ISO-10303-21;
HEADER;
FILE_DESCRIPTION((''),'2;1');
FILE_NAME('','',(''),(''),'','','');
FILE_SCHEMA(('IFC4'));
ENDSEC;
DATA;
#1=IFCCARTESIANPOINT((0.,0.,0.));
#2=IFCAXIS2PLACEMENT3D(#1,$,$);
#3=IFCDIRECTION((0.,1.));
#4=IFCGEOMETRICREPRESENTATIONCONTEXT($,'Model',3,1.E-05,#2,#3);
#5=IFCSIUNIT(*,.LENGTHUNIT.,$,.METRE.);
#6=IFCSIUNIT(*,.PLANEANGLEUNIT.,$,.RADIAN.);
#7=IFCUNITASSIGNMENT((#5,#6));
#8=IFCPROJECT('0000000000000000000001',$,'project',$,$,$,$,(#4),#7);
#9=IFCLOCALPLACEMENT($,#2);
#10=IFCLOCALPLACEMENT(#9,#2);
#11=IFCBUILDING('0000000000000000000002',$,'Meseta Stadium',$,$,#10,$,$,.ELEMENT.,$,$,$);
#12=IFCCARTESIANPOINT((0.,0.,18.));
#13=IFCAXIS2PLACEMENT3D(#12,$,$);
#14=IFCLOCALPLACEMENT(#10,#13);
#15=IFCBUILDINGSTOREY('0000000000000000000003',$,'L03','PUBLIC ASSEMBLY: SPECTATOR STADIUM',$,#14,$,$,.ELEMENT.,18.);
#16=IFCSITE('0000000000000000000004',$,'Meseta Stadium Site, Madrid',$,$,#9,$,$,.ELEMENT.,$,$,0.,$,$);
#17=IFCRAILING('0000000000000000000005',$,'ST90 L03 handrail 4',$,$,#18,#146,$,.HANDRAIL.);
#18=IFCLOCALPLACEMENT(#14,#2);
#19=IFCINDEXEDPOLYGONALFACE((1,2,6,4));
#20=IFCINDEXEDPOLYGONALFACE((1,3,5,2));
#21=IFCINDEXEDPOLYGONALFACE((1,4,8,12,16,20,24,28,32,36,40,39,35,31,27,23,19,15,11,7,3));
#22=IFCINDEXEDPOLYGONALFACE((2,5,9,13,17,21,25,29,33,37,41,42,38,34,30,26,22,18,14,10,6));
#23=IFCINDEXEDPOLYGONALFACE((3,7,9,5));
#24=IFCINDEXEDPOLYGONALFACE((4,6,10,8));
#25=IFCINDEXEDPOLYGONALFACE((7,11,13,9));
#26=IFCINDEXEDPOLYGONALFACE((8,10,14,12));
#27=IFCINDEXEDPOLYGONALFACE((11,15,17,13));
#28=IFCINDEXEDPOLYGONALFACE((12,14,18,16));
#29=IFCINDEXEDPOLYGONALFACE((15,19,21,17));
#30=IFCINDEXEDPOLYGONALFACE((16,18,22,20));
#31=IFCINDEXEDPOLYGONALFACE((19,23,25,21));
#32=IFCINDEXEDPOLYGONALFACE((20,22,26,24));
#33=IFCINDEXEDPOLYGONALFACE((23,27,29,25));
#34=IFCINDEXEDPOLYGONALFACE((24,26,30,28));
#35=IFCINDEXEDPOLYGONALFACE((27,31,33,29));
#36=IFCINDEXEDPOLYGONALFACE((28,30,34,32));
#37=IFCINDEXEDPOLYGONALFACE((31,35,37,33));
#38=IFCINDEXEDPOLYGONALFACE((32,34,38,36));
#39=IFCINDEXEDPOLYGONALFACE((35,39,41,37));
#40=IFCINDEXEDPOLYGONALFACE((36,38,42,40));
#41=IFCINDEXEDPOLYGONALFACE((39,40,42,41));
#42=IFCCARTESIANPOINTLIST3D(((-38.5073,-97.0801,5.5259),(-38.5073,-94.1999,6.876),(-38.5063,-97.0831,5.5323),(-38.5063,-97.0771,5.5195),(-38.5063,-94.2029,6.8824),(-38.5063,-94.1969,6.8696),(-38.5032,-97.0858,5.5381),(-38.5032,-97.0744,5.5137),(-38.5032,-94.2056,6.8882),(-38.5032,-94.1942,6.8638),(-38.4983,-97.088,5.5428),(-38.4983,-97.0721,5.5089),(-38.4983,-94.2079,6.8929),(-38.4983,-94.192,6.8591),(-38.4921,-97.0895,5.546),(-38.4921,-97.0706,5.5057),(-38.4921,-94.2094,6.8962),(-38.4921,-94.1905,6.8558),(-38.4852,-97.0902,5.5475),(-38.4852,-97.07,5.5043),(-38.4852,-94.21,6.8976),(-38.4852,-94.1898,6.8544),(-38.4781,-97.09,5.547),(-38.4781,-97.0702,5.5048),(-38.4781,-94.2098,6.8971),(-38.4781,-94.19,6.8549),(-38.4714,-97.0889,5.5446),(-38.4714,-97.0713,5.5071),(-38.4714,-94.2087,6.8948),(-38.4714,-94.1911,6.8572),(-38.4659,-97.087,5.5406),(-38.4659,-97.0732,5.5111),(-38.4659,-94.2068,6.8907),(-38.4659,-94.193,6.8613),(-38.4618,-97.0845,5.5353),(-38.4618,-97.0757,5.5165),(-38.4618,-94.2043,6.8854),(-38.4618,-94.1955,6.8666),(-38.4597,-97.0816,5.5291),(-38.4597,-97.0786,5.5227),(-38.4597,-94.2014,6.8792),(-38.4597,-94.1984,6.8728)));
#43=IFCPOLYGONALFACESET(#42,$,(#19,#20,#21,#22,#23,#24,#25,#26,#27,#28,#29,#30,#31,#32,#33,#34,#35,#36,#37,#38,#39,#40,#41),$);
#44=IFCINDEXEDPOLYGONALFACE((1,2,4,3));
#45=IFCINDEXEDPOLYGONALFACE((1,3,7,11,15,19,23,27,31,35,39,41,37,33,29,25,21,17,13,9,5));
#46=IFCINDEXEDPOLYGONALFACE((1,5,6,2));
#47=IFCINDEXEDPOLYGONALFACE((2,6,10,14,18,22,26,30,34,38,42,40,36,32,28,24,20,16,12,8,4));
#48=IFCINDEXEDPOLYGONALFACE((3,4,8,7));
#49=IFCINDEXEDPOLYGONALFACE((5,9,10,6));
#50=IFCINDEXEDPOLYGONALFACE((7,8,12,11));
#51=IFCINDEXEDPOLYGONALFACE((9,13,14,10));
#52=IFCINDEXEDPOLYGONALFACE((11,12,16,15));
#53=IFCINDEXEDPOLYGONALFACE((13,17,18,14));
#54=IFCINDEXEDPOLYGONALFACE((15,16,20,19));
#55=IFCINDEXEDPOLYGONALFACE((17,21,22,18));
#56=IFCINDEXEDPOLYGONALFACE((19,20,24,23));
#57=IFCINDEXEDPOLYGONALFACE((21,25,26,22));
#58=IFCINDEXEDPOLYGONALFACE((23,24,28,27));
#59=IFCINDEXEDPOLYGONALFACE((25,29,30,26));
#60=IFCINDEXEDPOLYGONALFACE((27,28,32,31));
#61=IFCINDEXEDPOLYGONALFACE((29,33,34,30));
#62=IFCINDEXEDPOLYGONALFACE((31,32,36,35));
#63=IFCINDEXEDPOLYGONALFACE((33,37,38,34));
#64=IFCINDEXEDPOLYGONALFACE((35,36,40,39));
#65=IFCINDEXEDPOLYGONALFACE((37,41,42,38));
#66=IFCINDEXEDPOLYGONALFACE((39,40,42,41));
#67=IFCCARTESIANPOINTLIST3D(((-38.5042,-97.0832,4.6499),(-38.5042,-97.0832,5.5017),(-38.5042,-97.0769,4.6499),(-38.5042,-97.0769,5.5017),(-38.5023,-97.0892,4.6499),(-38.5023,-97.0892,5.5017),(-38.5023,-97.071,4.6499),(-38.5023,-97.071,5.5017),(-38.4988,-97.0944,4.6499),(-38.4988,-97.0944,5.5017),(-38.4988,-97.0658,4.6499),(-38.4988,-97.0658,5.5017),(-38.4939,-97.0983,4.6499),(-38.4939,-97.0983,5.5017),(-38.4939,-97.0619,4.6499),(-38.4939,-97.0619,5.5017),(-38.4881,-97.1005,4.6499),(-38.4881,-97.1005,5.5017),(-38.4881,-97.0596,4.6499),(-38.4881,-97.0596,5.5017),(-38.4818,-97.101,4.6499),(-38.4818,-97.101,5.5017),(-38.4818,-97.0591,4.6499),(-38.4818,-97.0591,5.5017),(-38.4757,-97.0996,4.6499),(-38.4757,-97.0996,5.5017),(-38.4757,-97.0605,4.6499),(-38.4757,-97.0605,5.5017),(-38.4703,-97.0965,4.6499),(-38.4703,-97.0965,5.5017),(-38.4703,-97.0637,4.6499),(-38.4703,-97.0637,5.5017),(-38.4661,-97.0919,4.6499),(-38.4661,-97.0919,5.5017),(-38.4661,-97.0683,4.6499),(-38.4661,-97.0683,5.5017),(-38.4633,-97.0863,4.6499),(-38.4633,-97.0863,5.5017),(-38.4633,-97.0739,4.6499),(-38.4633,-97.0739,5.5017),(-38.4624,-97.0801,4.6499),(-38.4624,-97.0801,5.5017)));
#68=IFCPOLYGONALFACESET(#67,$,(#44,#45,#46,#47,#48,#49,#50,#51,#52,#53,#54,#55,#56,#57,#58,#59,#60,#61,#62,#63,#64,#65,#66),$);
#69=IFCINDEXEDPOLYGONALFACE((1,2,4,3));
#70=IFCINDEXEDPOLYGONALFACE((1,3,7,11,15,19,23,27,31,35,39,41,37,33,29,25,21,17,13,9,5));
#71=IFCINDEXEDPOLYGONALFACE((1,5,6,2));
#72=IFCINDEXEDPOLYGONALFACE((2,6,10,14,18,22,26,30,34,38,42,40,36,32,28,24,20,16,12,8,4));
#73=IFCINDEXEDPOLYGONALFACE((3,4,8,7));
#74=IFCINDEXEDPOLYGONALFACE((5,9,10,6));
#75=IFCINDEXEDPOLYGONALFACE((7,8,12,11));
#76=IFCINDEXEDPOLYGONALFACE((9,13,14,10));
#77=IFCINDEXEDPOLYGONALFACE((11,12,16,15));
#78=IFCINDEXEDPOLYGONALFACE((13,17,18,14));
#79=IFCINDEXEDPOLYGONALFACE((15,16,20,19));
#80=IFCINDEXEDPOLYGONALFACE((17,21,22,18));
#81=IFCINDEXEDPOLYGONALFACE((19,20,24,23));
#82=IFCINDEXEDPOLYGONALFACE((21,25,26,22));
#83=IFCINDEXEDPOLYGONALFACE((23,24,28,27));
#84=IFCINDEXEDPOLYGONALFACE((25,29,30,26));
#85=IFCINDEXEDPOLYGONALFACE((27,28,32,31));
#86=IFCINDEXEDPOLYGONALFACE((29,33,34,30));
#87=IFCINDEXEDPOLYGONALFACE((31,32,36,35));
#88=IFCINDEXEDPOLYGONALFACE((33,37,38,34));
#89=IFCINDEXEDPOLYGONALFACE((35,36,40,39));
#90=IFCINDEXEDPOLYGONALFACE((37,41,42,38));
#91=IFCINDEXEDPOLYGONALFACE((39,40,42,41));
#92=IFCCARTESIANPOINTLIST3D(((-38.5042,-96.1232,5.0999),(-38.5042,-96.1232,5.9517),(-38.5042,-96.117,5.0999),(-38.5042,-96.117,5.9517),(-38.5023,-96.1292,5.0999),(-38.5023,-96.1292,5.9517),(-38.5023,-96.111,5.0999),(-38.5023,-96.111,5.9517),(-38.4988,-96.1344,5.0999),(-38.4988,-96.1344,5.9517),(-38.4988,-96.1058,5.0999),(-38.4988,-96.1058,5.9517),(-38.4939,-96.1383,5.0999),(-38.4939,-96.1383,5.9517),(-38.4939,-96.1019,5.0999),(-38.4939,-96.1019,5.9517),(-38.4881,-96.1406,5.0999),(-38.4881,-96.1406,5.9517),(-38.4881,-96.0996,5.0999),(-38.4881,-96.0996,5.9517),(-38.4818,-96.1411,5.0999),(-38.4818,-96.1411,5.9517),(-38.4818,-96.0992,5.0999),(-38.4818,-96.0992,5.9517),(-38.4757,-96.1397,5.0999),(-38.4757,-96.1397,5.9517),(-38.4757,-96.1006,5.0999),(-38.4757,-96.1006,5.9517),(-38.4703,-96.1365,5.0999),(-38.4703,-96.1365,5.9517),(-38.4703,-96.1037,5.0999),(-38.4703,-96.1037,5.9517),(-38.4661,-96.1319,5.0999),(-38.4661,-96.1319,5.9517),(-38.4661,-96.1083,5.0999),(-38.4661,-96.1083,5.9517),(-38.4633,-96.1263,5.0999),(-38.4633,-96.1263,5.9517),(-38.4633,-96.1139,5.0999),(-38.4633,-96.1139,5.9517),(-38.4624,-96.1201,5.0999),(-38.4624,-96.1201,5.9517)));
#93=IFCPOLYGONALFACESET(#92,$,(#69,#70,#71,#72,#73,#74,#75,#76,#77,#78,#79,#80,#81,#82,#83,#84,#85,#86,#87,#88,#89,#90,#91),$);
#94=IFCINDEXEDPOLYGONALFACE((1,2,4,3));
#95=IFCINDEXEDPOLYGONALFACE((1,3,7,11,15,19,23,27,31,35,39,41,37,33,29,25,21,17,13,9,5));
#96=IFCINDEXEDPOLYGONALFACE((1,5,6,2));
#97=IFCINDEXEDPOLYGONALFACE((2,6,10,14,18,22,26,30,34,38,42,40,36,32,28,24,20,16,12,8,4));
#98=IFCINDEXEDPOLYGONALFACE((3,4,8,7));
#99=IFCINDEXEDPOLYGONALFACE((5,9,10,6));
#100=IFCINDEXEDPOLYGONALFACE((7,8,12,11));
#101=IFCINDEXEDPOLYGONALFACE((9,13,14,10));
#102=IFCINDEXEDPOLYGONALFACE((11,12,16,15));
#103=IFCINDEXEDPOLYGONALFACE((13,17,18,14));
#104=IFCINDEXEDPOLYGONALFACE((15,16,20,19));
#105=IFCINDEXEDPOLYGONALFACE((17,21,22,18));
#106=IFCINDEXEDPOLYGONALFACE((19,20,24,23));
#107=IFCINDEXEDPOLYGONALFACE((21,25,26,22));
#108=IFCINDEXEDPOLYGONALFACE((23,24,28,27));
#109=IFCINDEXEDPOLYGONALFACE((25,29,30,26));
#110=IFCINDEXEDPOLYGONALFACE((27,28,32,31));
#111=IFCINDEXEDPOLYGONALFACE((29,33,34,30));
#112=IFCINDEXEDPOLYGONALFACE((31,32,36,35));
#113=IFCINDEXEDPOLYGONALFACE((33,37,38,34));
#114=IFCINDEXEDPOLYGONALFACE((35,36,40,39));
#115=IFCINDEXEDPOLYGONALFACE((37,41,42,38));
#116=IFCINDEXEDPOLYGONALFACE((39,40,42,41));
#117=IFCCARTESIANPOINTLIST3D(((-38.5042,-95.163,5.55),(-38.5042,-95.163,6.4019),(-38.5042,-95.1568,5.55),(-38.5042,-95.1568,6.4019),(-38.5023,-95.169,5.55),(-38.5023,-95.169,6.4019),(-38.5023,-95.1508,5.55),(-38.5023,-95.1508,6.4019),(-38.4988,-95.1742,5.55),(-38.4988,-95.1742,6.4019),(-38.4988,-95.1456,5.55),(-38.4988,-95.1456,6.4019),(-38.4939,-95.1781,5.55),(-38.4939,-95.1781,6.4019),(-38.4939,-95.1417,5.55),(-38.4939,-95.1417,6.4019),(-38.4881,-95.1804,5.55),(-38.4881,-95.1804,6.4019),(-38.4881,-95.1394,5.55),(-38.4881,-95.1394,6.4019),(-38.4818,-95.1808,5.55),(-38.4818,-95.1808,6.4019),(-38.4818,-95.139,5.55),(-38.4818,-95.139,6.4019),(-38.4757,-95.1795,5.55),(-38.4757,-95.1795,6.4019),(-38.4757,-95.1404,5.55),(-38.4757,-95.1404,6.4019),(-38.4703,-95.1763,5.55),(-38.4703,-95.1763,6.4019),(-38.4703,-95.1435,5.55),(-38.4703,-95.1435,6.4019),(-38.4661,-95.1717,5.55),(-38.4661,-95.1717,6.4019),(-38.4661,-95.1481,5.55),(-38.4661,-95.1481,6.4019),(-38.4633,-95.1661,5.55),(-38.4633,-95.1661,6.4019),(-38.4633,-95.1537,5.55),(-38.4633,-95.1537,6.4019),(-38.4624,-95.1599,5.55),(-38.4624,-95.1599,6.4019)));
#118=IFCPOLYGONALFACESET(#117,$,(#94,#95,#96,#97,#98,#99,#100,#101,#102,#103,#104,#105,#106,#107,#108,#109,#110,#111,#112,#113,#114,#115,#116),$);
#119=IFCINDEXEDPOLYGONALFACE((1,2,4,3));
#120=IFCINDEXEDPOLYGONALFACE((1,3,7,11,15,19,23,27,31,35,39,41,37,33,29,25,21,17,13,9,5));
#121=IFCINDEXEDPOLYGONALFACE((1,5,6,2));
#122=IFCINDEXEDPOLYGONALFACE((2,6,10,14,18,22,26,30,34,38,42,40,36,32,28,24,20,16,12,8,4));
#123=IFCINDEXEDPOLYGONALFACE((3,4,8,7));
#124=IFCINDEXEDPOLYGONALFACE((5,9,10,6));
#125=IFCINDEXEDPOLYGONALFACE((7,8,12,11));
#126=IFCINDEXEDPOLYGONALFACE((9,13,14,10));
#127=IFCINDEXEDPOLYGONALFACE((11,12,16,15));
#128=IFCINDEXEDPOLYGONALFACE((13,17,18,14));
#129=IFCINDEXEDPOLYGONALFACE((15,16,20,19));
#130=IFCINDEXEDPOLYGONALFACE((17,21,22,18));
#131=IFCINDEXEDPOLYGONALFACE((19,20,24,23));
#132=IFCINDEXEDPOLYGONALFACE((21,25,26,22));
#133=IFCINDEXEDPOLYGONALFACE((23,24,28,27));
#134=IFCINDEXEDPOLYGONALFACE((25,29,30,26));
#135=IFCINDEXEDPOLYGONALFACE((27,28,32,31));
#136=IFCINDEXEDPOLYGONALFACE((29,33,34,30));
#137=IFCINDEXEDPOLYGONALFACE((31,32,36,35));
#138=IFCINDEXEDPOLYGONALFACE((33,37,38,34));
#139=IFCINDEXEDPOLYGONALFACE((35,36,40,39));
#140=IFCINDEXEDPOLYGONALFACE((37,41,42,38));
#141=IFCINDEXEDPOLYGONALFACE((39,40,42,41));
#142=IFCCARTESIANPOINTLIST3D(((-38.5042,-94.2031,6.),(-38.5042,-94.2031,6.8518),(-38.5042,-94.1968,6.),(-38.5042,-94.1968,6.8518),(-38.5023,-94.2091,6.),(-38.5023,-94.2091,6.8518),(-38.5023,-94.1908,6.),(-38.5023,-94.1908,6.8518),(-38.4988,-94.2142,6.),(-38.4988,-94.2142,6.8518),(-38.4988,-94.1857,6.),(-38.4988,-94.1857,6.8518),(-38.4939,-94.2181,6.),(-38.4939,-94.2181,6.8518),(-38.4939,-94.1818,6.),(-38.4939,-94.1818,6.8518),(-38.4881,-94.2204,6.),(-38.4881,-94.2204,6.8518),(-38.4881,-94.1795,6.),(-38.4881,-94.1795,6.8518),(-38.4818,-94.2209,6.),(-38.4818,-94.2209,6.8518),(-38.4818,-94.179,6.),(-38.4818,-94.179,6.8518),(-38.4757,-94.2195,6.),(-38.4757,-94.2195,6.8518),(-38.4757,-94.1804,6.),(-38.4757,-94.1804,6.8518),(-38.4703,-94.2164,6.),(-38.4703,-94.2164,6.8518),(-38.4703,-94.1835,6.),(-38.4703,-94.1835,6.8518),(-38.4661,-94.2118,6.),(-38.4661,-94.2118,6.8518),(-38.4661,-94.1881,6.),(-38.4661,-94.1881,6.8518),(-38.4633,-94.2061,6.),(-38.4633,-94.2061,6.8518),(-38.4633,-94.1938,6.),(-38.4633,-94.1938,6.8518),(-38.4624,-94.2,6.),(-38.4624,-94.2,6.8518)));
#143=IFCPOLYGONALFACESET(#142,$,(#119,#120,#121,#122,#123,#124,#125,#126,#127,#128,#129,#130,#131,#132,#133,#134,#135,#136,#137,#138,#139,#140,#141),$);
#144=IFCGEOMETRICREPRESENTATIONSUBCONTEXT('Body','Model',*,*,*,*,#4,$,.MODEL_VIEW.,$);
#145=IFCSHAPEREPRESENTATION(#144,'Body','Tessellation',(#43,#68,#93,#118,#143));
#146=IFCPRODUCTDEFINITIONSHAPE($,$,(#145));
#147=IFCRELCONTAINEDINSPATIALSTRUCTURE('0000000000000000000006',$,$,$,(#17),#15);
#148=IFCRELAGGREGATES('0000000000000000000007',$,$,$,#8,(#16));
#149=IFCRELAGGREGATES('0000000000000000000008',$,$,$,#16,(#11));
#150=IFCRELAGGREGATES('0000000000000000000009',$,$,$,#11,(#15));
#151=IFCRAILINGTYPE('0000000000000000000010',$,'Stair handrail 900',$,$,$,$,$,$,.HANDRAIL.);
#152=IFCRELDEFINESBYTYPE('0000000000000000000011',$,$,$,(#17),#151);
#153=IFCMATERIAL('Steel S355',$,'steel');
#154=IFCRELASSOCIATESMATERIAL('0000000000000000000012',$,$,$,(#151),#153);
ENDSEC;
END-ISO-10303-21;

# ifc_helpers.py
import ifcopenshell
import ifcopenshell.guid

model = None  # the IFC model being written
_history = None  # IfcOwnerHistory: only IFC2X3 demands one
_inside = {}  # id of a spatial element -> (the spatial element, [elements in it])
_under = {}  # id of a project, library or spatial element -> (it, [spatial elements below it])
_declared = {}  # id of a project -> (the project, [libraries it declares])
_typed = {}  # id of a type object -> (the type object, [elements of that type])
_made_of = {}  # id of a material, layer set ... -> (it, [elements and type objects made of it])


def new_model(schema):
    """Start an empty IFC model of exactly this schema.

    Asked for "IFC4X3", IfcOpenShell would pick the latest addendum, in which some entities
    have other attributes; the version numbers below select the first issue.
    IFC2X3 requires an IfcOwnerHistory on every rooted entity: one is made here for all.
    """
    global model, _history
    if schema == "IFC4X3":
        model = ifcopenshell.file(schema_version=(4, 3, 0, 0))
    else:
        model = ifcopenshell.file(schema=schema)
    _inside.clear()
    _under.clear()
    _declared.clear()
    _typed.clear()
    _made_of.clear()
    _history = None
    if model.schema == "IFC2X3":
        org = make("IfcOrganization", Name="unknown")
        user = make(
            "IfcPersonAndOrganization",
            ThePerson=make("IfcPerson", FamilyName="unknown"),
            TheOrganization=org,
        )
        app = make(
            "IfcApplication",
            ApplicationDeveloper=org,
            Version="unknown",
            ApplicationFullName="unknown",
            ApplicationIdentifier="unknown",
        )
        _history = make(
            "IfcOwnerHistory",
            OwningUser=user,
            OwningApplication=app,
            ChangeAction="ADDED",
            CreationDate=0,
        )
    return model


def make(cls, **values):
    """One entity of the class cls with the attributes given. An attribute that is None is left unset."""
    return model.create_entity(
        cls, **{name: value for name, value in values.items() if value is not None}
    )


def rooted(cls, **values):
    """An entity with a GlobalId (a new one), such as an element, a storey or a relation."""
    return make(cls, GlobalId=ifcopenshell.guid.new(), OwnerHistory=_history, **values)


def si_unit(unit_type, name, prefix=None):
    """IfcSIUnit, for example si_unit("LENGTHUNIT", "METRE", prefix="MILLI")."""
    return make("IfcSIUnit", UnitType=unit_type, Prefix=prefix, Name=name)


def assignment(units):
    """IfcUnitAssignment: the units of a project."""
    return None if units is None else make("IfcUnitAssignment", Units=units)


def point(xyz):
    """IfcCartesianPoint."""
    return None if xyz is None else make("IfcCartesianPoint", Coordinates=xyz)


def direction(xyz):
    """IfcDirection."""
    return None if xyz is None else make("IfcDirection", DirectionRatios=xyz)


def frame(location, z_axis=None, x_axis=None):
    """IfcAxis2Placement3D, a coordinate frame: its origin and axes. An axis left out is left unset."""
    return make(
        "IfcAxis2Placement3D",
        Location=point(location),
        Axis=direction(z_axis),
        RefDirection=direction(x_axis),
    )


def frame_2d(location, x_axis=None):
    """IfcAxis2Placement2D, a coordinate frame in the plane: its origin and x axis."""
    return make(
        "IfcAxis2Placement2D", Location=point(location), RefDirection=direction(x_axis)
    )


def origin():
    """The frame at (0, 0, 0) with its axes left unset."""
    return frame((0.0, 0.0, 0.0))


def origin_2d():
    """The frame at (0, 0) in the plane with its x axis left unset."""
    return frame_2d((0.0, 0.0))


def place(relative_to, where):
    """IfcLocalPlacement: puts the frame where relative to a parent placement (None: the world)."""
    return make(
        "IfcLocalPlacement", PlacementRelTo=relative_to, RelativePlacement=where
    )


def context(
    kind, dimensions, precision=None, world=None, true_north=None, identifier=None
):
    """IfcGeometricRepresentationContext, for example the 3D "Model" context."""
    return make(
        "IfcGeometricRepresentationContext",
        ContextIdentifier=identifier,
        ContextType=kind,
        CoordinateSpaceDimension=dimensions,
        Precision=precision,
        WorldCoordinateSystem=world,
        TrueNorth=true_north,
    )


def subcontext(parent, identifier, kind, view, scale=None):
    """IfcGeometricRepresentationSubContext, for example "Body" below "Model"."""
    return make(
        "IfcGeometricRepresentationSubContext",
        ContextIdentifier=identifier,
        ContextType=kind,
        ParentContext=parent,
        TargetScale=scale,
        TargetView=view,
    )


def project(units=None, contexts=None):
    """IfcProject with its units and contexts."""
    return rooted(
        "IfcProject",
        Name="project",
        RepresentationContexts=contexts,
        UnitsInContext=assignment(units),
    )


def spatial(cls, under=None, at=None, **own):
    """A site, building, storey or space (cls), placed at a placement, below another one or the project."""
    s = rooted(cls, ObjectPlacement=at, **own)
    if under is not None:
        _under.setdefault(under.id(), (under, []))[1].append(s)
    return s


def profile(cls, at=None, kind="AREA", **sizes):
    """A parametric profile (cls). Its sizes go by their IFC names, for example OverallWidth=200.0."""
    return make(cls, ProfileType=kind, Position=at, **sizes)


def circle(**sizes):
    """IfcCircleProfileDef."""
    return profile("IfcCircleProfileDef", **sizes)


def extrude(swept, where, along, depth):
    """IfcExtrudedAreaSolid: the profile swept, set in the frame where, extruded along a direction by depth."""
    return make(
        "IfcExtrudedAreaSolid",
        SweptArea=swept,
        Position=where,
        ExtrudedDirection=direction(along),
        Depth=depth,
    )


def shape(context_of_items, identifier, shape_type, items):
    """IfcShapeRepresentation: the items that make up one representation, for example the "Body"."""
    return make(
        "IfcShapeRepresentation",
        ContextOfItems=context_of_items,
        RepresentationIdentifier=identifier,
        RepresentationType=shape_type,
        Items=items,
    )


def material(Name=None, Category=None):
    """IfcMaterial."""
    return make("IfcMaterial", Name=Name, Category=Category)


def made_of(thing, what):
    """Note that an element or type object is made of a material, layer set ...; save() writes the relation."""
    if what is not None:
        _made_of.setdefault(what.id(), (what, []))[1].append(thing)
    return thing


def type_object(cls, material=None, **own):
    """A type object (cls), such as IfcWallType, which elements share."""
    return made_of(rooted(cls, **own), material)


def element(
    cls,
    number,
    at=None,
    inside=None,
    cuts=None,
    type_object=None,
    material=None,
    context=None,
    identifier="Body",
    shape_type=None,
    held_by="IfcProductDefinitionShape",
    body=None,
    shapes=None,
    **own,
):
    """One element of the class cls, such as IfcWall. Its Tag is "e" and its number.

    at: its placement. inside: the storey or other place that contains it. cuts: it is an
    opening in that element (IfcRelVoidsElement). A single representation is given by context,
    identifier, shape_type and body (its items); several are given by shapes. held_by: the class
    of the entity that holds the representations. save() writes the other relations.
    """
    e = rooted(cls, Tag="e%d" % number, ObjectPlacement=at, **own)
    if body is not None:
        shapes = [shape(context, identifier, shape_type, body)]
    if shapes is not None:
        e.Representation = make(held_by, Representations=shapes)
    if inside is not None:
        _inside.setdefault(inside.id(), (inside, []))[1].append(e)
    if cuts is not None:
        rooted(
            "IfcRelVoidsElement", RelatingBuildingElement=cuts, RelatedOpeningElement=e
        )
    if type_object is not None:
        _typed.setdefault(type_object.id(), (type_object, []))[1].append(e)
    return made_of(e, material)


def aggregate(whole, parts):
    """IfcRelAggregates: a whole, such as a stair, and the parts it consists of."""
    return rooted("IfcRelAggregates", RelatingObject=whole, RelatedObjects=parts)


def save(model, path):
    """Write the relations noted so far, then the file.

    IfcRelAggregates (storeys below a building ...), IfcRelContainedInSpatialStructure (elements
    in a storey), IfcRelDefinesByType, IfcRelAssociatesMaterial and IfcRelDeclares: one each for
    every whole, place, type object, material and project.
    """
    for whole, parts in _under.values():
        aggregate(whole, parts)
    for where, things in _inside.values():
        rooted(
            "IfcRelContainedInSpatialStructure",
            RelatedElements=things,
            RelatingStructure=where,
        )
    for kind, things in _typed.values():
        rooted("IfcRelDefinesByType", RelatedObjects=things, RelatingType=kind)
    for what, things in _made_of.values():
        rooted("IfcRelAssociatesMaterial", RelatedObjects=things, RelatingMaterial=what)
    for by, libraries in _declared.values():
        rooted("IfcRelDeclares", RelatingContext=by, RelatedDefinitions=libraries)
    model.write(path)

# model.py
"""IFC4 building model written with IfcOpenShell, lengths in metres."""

from ifc_helpers import new_model, si_unit, direction, frame, origin, origin_2d, place, context, subcontext, project, spatial, circle, extrude, material, type_object, element, save


model = new_model("IFC4")

# Units and contexts
model_context = context("Model", 3, precision=1e-05, world=origin(), true_north=direction((0.0, 1.0)))
body_context = subcontext(model_context, "Body", "Model", "MODEL_VIEW")
ifc_project = project(units=[si_unit("LENGTHUNIT", "METRE"), si_unit("PLANEANGLEUNIT", "RADIAN")], contexts=[model_context])

# Site, building, storey
site_placement = place(None, origin())
site = spatial("IfcSite", under=ifc_project, at=site_placement, Name="Meseta Stadium Site, Madrid", CompositionType="ELEMENT", RefElevation=0.0)
building_placement = place(site_placement, origin())
building = spatial("IfcBuilding", under=site, at=building_placement, Name="Meseta Stadium", CompositionType="ELEMENT")
storey_placement = place(building_placement, frame((0.0, 0.0, 18.0)))
storey = spatial("IfcBuildingStorey", under=building, at=storey_placement, Name="L03", Description="PUBLIC ASSEMBLY: SPECTATOR STADIUM", CompositionType="ELEMENT", Elevation=18.0)

# Railing
ifc_material_1 = material(Name="Steel S355", Category="steel")
railing_type_1 = type_object("IfcRailingType", Name="Stair handrail 900", PredefinedType="HANDRAIL", material=ifc_material_1)
for number, where, name in (
    (1, (-38.4834, -97.0801, 4.6499), "ST90 L03 handrail 4"),
):
    element("IfcRailing", number, at=place(storey_placement, frame(where)), inside=storey, type_object=railing_type_1, Name=name, PredefinedType="HANDRAIL", context=body_context, shape_type="SweptSolid", body=[
        extrude(circle(Radius=0.0239, at=origin_2d()), frame((0.0, 0.0, 0.876), z_axis=(0.0, 0.905454, 0.424444), x_axis=(-1.0, 0.0, 0.0)), (0.0, 0.0, 1.0), 3.1809),
        extrude(circle(Radius=0.021, at=origin_2d()), origin(), (0.0, 0.0, 1.0), 0.8518),
        extrude(circle(Radius=0.021, at=origin_2d()), frame((0.0, 0.96, 0.45)), (0.0, 0.0, 1.0), 0.8518),
        extrude(circle(Radius=0.021, at=origin_2d()), frame((0.0, 1.9202, 0.9001)), (0.0, 0.0, 1.0), 0.8518),
        extrude(circle(Radius=0.021, at=origin_2d()), frame((0.0, 2.8801, 1.3501)), (0.0, 0.0, 1.0), 0.8518),
    ])

save(model, "model.ifc")
